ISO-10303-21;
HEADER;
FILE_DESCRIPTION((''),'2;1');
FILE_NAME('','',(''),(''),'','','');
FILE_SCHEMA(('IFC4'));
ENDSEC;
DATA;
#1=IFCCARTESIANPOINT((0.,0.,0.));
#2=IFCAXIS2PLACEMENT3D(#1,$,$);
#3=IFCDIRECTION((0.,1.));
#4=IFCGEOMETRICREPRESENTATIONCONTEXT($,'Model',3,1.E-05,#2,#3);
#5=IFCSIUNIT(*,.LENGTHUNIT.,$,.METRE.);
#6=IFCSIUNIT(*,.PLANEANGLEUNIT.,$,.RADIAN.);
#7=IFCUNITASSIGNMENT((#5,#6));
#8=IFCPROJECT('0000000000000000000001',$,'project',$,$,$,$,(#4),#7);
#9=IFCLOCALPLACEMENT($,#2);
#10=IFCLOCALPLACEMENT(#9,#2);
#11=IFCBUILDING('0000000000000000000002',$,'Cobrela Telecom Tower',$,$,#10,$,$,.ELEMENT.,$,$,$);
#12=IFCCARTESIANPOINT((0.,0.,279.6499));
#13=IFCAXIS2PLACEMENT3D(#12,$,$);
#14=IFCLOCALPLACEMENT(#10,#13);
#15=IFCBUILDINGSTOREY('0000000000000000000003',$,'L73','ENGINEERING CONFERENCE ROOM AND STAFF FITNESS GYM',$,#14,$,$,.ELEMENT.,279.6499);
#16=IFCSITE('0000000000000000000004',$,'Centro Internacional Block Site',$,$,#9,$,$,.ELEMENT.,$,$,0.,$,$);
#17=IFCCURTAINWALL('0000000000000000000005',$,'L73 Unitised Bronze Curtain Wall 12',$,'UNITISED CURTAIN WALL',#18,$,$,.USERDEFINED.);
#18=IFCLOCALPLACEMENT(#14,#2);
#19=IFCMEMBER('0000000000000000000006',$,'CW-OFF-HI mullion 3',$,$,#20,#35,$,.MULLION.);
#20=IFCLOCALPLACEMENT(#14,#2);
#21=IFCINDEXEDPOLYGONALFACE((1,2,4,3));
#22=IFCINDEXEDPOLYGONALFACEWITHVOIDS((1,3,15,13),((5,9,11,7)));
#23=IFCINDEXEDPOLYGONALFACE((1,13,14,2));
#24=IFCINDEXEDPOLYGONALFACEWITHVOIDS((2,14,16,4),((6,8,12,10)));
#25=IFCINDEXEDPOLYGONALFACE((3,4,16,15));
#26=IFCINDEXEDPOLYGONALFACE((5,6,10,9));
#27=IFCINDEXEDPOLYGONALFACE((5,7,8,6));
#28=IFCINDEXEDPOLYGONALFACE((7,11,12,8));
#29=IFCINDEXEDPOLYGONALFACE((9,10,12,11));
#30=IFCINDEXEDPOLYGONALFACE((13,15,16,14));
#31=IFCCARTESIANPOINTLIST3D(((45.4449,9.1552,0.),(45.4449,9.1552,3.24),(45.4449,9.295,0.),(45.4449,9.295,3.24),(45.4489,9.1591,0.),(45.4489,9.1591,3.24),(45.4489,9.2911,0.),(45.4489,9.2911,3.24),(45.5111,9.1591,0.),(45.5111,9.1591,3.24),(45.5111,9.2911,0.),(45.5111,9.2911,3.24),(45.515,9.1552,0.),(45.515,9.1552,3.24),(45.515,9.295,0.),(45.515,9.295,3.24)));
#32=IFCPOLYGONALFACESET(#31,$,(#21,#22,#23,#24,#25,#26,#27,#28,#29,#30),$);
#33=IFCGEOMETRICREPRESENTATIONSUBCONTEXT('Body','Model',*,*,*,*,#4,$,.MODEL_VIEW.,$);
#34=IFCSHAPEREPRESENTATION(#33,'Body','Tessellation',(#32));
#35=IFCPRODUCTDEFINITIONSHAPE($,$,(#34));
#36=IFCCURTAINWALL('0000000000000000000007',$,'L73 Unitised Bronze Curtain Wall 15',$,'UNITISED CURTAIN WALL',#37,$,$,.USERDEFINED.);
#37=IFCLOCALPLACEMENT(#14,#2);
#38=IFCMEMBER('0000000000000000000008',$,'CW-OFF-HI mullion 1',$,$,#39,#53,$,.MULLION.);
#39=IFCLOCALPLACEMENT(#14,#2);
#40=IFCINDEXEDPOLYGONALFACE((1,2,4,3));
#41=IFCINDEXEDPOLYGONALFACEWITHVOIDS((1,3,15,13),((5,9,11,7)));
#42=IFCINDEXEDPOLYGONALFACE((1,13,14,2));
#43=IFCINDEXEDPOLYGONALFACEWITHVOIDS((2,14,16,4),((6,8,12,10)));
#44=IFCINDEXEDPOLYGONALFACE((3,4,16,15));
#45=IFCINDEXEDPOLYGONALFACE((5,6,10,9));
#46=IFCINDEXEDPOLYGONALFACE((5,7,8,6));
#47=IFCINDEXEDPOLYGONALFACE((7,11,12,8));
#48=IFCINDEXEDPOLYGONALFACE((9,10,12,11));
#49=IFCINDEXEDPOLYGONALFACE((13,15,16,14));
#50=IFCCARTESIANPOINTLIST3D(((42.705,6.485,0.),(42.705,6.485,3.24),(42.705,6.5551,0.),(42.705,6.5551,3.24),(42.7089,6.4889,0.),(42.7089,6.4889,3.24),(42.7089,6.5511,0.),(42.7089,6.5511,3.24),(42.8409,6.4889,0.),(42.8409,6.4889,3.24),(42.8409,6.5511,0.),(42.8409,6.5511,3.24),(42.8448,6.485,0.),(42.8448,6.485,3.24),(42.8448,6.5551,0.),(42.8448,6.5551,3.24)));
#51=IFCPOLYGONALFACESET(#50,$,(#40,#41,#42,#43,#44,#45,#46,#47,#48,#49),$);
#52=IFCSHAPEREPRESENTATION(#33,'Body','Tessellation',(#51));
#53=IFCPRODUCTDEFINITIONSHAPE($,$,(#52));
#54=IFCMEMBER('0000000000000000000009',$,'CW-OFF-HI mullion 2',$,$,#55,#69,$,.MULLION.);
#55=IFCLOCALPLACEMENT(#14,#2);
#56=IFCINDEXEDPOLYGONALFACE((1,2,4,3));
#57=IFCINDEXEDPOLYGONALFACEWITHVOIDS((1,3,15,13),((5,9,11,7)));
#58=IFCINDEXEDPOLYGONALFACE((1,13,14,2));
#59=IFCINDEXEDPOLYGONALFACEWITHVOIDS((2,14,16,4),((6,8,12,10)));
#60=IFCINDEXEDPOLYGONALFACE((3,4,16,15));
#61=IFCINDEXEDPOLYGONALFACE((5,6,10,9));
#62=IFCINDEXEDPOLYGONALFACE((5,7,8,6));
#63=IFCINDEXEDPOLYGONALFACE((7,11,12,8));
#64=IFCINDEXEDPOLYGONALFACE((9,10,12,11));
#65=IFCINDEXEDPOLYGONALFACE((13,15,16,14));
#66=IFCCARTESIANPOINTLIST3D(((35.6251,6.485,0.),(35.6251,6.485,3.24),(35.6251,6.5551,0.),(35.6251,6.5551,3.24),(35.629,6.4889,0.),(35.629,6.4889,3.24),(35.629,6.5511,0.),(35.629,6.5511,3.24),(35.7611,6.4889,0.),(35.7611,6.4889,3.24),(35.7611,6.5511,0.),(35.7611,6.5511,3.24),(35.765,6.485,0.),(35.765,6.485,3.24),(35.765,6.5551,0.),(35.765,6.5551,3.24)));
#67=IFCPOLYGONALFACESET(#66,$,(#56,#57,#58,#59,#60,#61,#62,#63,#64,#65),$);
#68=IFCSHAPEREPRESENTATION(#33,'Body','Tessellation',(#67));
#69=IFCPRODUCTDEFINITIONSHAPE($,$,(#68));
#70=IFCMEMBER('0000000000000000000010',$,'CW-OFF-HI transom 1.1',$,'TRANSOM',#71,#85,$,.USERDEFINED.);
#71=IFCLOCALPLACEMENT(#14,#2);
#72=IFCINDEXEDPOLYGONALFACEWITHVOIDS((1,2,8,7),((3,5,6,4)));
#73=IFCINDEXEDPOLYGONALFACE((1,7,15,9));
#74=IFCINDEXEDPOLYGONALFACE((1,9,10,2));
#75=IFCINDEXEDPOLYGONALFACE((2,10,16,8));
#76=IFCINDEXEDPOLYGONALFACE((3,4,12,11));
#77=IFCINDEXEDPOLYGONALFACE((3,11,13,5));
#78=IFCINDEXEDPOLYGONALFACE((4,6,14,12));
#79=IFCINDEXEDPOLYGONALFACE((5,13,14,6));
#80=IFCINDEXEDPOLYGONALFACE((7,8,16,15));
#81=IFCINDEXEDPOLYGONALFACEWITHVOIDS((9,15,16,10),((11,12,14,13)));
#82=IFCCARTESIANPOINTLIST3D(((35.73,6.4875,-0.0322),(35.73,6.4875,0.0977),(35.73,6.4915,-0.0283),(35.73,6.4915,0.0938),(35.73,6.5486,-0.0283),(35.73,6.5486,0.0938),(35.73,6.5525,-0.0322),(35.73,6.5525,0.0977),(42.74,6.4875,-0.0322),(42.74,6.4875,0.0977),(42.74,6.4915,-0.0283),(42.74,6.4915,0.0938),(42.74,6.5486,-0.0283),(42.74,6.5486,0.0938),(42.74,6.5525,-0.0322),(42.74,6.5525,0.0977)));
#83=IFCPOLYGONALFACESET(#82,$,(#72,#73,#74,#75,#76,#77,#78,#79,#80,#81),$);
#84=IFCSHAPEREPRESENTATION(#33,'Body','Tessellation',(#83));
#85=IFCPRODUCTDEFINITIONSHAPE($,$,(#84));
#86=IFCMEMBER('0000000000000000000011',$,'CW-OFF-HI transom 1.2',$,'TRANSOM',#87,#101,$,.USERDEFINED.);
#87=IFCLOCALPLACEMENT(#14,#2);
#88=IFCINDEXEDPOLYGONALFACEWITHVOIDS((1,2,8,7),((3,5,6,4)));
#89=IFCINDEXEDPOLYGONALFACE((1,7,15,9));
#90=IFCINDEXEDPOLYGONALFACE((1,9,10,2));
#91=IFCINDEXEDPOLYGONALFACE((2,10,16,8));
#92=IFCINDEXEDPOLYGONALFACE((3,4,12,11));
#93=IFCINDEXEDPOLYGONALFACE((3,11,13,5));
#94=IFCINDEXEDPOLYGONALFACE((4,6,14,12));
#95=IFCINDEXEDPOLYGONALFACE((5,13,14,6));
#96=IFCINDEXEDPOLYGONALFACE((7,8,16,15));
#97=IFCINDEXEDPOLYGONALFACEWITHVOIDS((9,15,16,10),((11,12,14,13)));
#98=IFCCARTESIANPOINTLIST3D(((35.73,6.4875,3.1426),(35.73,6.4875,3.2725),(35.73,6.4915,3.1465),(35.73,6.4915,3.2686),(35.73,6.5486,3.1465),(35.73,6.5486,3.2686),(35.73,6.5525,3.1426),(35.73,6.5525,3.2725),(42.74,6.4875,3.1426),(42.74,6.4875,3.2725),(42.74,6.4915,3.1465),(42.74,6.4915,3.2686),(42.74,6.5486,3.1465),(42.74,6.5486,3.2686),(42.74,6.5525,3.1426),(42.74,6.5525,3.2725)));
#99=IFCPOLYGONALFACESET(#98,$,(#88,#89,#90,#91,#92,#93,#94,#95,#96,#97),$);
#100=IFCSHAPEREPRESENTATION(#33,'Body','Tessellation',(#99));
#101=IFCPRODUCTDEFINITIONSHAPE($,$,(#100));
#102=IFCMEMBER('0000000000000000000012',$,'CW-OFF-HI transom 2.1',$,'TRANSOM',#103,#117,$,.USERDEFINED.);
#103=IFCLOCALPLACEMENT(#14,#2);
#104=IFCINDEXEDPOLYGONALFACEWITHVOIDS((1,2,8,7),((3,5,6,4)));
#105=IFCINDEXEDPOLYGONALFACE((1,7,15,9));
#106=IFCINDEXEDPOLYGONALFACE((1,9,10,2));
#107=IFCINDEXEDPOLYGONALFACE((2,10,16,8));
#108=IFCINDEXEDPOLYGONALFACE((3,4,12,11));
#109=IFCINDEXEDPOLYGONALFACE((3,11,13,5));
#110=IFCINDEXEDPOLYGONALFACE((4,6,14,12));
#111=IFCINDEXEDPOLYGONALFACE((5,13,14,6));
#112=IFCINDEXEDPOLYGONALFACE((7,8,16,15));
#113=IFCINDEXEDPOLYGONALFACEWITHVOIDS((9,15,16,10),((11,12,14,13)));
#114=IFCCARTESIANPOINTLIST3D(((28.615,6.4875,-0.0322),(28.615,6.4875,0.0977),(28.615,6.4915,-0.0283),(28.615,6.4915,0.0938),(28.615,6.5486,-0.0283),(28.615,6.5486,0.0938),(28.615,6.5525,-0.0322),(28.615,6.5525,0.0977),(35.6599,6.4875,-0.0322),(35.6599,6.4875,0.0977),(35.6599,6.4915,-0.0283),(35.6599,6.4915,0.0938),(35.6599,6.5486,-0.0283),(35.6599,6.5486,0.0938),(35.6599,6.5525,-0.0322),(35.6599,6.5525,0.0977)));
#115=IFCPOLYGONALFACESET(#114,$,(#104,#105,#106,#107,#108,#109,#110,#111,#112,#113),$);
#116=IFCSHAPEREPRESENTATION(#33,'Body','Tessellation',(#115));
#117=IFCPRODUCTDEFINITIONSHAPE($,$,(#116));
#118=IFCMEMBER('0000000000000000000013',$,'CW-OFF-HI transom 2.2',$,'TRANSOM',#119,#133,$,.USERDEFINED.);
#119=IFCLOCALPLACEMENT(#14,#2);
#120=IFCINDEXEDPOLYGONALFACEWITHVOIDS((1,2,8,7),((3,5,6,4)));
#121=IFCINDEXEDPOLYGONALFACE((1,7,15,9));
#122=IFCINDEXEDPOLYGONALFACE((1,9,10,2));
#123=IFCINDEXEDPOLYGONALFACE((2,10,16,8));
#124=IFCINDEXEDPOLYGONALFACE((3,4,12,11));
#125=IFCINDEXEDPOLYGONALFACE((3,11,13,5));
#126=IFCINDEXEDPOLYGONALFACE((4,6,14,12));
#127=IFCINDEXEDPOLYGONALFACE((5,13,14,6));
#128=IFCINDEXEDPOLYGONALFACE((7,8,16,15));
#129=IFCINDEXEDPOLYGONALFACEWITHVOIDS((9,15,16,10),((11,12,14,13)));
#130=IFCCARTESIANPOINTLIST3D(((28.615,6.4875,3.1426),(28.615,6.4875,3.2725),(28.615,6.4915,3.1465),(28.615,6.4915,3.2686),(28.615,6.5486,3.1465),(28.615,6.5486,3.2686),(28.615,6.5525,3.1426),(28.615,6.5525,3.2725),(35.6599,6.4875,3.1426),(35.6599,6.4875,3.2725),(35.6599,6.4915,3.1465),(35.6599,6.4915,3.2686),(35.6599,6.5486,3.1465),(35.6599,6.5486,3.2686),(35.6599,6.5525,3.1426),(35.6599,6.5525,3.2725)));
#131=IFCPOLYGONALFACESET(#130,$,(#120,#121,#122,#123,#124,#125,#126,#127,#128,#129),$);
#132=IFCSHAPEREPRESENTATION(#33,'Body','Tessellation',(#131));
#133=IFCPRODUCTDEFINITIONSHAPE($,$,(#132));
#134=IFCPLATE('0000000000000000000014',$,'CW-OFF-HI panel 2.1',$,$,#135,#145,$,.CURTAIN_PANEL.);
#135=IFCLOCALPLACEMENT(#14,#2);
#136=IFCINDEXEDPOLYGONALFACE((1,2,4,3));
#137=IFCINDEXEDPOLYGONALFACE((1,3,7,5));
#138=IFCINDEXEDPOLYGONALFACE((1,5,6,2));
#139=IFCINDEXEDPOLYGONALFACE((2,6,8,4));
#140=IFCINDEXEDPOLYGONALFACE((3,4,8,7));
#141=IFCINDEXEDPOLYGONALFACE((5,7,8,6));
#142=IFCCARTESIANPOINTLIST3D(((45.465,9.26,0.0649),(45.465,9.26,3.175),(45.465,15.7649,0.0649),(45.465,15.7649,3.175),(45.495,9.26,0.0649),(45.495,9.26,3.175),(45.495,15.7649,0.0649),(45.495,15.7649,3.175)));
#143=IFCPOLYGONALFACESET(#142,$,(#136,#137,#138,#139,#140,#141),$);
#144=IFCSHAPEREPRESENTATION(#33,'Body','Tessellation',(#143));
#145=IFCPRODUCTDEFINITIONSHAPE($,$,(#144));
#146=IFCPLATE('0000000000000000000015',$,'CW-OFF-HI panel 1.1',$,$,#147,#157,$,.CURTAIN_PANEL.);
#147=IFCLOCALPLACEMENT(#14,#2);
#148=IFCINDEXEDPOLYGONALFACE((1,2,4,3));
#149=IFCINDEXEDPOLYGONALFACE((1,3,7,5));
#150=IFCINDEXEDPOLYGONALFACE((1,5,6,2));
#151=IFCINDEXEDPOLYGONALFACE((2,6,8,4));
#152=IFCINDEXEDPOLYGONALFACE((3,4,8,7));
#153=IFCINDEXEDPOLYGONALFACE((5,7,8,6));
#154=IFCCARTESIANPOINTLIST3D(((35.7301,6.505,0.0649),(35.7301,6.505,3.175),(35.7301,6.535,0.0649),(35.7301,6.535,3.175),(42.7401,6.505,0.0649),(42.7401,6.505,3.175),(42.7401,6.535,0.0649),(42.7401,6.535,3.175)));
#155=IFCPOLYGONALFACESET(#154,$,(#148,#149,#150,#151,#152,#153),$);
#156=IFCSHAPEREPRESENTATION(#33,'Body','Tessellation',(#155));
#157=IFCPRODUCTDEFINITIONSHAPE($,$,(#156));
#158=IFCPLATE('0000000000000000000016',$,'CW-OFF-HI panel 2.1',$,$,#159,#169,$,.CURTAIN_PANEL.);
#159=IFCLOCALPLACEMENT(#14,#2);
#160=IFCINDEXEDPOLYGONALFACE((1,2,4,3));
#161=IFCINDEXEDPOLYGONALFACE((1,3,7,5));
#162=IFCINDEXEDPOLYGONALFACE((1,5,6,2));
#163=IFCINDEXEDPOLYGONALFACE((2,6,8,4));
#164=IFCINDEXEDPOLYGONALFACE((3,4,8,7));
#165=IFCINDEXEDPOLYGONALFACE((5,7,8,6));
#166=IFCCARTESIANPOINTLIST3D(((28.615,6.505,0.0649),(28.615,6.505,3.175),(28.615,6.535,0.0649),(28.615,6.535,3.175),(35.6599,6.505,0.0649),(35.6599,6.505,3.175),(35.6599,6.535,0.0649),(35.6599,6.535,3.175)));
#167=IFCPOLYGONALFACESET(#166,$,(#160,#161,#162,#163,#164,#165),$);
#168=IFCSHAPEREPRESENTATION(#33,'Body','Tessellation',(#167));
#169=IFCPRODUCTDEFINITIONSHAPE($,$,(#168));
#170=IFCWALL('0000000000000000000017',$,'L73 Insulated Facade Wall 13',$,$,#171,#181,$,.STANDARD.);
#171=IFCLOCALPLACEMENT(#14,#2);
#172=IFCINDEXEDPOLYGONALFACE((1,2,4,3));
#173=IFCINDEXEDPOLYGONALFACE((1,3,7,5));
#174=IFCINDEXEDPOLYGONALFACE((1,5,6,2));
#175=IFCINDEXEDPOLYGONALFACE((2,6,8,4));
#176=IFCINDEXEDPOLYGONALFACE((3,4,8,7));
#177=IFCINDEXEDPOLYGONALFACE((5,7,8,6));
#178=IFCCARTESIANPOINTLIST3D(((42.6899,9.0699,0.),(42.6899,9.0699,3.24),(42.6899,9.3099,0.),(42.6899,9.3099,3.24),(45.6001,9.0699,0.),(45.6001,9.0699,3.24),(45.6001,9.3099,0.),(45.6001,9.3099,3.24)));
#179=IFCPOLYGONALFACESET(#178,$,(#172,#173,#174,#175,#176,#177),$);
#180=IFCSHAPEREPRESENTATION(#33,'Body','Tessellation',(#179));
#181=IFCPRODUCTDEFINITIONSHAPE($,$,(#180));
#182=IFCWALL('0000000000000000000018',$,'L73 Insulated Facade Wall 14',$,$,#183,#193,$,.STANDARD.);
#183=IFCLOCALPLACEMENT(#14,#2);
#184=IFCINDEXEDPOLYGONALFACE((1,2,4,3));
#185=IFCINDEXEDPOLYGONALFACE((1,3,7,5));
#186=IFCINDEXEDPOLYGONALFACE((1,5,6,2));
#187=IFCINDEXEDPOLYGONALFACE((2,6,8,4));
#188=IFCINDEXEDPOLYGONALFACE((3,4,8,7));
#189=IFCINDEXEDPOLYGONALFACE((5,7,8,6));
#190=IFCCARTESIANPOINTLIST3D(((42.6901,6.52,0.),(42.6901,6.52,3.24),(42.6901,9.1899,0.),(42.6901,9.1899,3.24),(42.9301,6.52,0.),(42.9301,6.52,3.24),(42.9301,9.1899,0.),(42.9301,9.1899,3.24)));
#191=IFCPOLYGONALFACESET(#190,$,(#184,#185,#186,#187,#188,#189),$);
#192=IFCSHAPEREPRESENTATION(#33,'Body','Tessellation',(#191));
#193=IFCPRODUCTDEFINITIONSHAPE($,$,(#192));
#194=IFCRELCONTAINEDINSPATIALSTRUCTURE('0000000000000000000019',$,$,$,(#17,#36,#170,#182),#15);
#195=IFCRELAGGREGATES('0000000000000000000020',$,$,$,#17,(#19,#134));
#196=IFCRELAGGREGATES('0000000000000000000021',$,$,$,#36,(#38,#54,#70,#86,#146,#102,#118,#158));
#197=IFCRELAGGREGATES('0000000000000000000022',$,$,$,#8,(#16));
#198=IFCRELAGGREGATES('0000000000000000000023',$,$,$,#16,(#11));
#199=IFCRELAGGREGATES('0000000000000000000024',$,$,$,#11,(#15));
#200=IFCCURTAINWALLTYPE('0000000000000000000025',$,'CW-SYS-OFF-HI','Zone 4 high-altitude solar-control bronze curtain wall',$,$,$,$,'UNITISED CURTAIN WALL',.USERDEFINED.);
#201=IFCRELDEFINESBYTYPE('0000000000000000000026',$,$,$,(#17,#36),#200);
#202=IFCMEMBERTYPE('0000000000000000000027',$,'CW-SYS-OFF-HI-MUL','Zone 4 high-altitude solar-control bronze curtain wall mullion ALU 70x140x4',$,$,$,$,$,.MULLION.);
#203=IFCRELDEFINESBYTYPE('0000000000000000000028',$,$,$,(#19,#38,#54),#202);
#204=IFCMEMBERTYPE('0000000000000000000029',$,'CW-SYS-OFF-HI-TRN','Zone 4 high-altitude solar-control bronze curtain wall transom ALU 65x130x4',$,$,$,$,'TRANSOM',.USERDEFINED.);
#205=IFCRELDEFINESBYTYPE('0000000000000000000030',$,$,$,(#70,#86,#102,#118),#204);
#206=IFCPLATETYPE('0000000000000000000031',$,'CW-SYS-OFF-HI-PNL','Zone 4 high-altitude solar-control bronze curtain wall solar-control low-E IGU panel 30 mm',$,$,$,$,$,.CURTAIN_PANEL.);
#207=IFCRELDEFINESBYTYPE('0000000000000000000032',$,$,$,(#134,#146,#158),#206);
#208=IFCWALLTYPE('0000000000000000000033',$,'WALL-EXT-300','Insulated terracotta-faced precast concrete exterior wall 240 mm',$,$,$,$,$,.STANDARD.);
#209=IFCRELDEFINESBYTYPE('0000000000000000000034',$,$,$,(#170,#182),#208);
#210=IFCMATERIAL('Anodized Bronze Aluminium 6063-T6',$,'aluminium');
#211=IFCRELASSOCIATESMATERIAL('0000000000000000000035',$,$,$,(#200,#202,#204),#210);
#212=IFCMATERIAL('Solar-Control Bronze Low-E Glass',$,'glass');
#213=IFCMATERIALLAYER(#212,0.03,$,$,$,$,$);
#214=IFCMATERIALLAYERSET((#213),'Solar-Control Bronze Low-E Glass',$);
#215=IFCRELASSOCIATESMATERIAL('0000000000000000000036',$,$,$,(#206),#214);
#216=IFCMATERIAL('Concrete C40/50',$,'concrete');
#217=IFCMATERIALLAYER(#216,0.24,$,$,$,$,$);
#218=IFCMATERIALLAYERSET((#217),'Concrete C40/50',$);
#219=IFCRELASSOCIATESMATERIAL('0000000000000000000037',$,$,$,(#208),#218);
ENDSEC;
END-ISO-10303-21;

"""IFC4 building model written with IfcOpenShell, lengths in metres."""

from ifc_helpers import new_model, si_unit, direction, frame, frame_2d, origin, origin_2d, place, context, subcontext, project, spatial, rectangle, hollow_rectangle, extrude, material, layer, layer_set, material_profile, profile_set, type_object, element, aggregate, save


model = new_model("IFC4")

# Units and contexts
model_context = context("Model", 3, precision=1e-05, world=origin(), true_north=direction((0.0, 1.0)))
body_context = subcontext(model_context, "Body", "Model", "MODEL_VIEW")
ifc_project = project(units=[si_unit("LENGTHUNIT", "METRE"), si_unit("PLANEANGLEUNIT", "RADIAN")], contexts=[model_context])

# Site, building, storey
site_placement = place(None, origin())
site = spatial("IfcSite", under=ifc_project, at=site_placement, Name="Centro Internacional Block Site", CompositionType="ELEMENT", RefElevation=0.0)
building_placement = place(site_placement, origin())
building = spatial("IfcBuilding", under=site, at=building_placement, Name="Cobrela Telecom Tower", CompositionType="ELEMENT")
storey_placement = place(building_placement, frame((0.0, 0.0, 279.6499)))
storey = spatial("IfcBuildingStorey", under=building, at=storey_placement, Name="L73", Description="ENGINEERING CONFERENCE ROOM AND STAFF FITNESS GYM", CompositionType="ELEMENT", Elevation=279.6499)

# Curtain wall, member
ifc_material_1 = material(Name="Anodized Bronze Aluminium 6063-T6", Category="aluminium")
curtain_wall_type = type_object("IfcCurtainWallType", Name="CW-SYS-OFF-HI", Description="Zone 4 high-altitude solar-control bronze curtain wall", ElementType="UNITISED CURTAIN WALL", PredefinedType="USERDEFINED", material=ifc_material_1)
curtain_wall_1_placement = place(storey_placement, origin())
curtain_wall_1 = element("IfcCurtainWall", 1, at=curtain_wall_1_placement, inside=storey, type_object=curtain_wall_type, Name="L73 Unitised Bronze Curtain Wall 12", ObjectType="UNITISED CURTAIN WALL", PredefinedType="USERDEFINED")
ifc_material_profile_1 = material_profile(ifc_material_1, hollow_rectangle(XDim=0.0701, YDim=0.1399, WallThickness=0.0039, at=origin_2d()), Name="ALU 70x140x4")
ifc_profile_set_1 = profile_set([ifc_material_profile_1], Name="Anodized Bronze Aluminium 6063-T6")
member_type_1 = type_object("IfcMemberType", Name="CW-SYS-OFF-HI-MUL", Description="Zone 4 high-altitude solar-control bronze curtain wall mullion ALU 70x140x4", PredefinedType="MULLION", material=ifc_profile_set_1)
member_1_placement = place(storey_placement, frame((45.48, 9.2251, 0.0), z_axis=(0.0, 0.0, 1.0), x_axis=(1.0, 0.0, 0.0)))
member_1 = element("IfcMember", 2, at=member_1_placement, type_object=member_type_1, Name="CW-OFF-HI mullion 3", PredefinedType="MULLION", context=body_context, shape_type="SweptSolid", body=[
    extrude(hollow_rectangle(XDim=0.0701, YDim=0.1399, WallThickness=0.0039, at=origin_2d()), origin(), (0.0, 0.0, 1.0), 3.24),
])

# Curtain wall, members
curtain_wall_2_placement = place(storey_placement, origin())
curtain_wall_2 = element("IfcCurtainWall", 3, at=curtain_wall_2_placement, inside=storey, type_object=curtain_wall_type, Name="L73 Unitised Bronze Curtain Wall 15", ObjectType="UNITISED CURTAIN WALL", PredefinedType="USERDEFINED")
member_2_placement = place(storey_placement, frame((42.7749, 6.52, 0.0), z_axis=(0.0, 0.0, 1.0), x_axis=(0.0, -1.0, 0.0)))
member_2 = element("IfcMember", 4, at=member_2_placement, type_object=member_type_1, Name="CW-OFF-HI mullion 1", PredefinedType="MULLION", context=body_context, shape_type="SweptSolid", body=[
    extrude(hollow_rectangle(XDim=0.0701, YDim=0.1399, WallThickness=0.0039, at=origin_2d()), origin(), (0.0, 0.0, 1.0), 3.24),
])
member_3_placement = place(storey_placement, frame((35.6951, 6.52, 0.0), z_axis=(0.0, 0.0, 1.0), x_axis=(0.0, -1.0, 0.0)))
member_3 = element("IfcMember", 5, at=member_3_placement, type_object=member_type_1, Name="CW-OFF-HI mullion 2", PredefinedType="MULLION", context=body_context, shape_type="SweptSolid", body=[
    extrude(hollow_rectangle(XDim=0.0701, YDim=0.1399, WallThickness=0.0039, at=origin_2d()), origin(), (0.0, 0.0, 1.0), 3.24),
])
ifc_material_profile_2 = material_profile(ifc_material_1, hollow_rectangle(XDim=0.0649, YDim=0.1299, WallThickness=0.0039, at=origin_2d()), Name="ALU 65x130x4")
ifc_profile_set_2 = profile_set([ifc_material_profile_2], Name="Anodized Bronze Aluminium 6063-T6")
member_type_2 = type_object("IfcMemberType", Name="CW-SYS-OFF-HI-TRN", Description="Zone 4 high-altitude solar-control bronze curtain wall transom ALU 65x130x4", ElementType="TRANSOM", PredefinedType="USERDEFINED", material=ifc_profile_set_2)
member_4_placement = place(storey_placement, frame((42.74, 6.52, 0.0327), z_axis=(-1.0, 0.0, 0.0), x_axis=(0.0, -1.0, 0.0)))
member_4 = element("IfcMember", 6, at=member_4_placement, type_object=member_type_2, Name="CW-OFF-HI transom 1.1", ObjectType="TRANSOM", PredefinedType="USERDEFINED", context=body_context, shape_type="SweptSolid", body=[
    extrude(hollow_rectangle(XDim=0.0649, YDim=0.1299, WallThickness=0.0039, at=origin_2d()), origin(), (0.0, 0.0, 1.0), 7.01),
])
member_5_placement = place(storey_placement, frame((42.74, 6.52, 3.2075), z_axis=(-1.0, 0.0, 0.0), x_axis=(0.0, -1.0, 0.0)))
member_5 = element("IfcMember", 7, at=member_5_placement, type_object=member_type_2, Name="CW-OFF-HI transom 1.2", ObjectType="TRANSOM", PredefinedType="USERDEFINED", context=body_context, shape_type="SweptSolid", body=[
    extrude(hollow_rectangle(XDim=0.0649, YDim=0.1299, WallThickness=0.0039, at=origin_2d()), origin(), (0.0, 0.0, 1.0), 7.01),
])
member_6_placement = place(storey_placement, frame((35.6599, 6.52, 0.0327), z_axis=(-1.0, 0.0, 0.0), x_axis=(0.0, -1.0, 0.0)))
member_6 = element("IfcMember", 8, at=member_6_placement, type_object=member_type_2, Name="CW-OFF-HI transom 2.1", ObjectType="TRANSOM", PredefinedType="USERDEFINED", context=body_context, shape_type="SweptSolid", body=[
    extrude(hollow_rectangle(XDim=0.0649, YDim=0.1299, WallThickness=0.0039, at=origin_2d()), origin(), (0.0, 0.0, 1.0), 7.0449),
])
member_7_placement = place(storey_placement, frame((35.6599, 6.52, 3.2075), z_axis=(-1.0, 0.0, 0.0), x_axis=(0.0, -1.0, 0.0)))
member_7 = element("IfcMember", 9, at=member_7_placement, type_object=member_type_2, Name="CW-OFF-HI transom 2.2", ObjectType="TRANSOM", PredefinedType="USERDEFINED", context=body_context, shape_type="SweptSolid", body=[
    extrude(hollow_rectangle(XDim=0.0649, YDim=0.1299, WallThickness=0.0039, at=origin_2d()), origin(), (0.0, 0.0, 1.0), 7.0449),
])

# Plates
ifc_material_2 = material(Name="Solar-Control Bronze Low-E Glass", Category="glass")
ifc_layer_1 = layer(ifc_material_2, 0.03)
ifc_layer_set_1 = layer_set([ifc_layer_1], Name="Solar-Control Bronze Low-E Glass")
plate_type = type_object("IfcPlateType", Name="CW-SYS-OFF-HI-PNL", Description="Zone 4 high-altitude solar-control bronze curtain wall solar-control low-E IGU panel 30 mm", PredefinedType="CURTAIN_PANEL", material=ifc_layer_set_1)
plate_1_placement = place(storey_placement, frame((45.48, 12.5125, 0.0649), z_axis=(0.0, 0.0, 1.0), x_axis=(0.0, -1.0, 0.0)))
plate_1 = element("IfcPlate", 10, at=plate_1_placement, type_object=plate_type, Name="CW-OFF-HI panel 2.1", PredefinedType="CURTAIN_PANEL", context=body_context, shape_type="SweptSolid", body=[
    extrude(rectangle(XDim=6.5049, YDim=0.03, at=origin_2d()), origin(), (0.0, 0.0, 1.0), 3.1101),
])
aggregate(curtain_wall_1, [member_1, plate_1])
plate_2_placement = place(storey_placement, frame((39.2351, 6.52, 0.0649), z_axis=(0.0, 0.0, 1.0), x_axis=(-1.0, 0.0, 0.0)))
plate_2 = element("IfcPlate", 11, at=plate_2_placement, type_object=plate_type, Name="CW-OFF-HI panel 1.1", PredefinedType="CURTAIN_PANEL", context=body_context, shape_type="SweptSolid", body=[
    extrude(rectangle(XDim=7.01, YDim=0.03, at=origin_2d()), origin(), (0.0, 0.0, 1.0), 3.1101),
])
plate_3_placement = place(storey_placement, frame((32.1375, 6.52, 0.0649), z_axis=(0.0, 0.0, 1.0), x_axis=(-1.0, 0.0, 0.0)))
plate_3 = element("IfcPlate", 12, at=plate_3_placement, type_object=plate_type, Name="CW-OFF-HI panel 2.1", PredefinedType="CURTAIN_PANEL", context=body_context, shape_type="SweptSolid", body=[
    extrude(rectangle(XDim=7.0449, YDim=0.03, at=origin_2d()), origin(), (0.0, 0.0, 1.0), 3.1101),
])
aggregate(curtain_wall_2, [member_2, member_3, member_4, member_5, plate_2, member_6, member_7, plate_3])

# Walls
ifc_material_3 = material(Name="Concrete C40/50", Category="concrete")
ifc_layer_2 = layer(ifc_material_3, 0.24)
ifc_layer_set_2 = layer_set([ifc_layer_2], Name="Concrete C40/50")
wall_type = type_object("IfcWallType", Name="WALL-EXT-300", Description="Insulated terracotta-faced precast concrete exterior wall 240 mm", PredefinedType="STANDARD", material=ifc_layer_set_2)
wall_1_placement = place(storey_placement, frame((45.6001, 9.1899, 0.0), z_axis=(0.0, 0.0, 1.0), x_axis=(-1.0, 0.0, 0.0)))
element("IfcWall", 13, at=wall_1_placement, inside=storey, type_object=wall_type, Name="L73 Insulated Facade Wall 13", PredefinedType="STANDARD", context=body_context, shape_type="SweptSolid", body=[
    extrude(rectangle(XDim=2.9102, YDim=0.24, at=frame_2d((1.4551, 0.0))), origin(), (0.0, 0.0, 1.0), 3.24),
])
wall_2_placement = place(storey_placement, frame((42.8101, 9.1899, 0.0), z_axis=(0.0, 0.0, 1.0), x_axis=(0.0, -1.0, 0.0)))
element("IfcWall", 14, at=wall_2_placement, inside=storey, type_object=wall_type, Name="L73 Insulated Facade Wall 14", PredefinedType="STANDARD", context=body_context, shape_type="SweptSolid", body=[
    extrude(rectangle(XDim=2.6699, YDim=0.24, at=frame_2d((1.335, 0.0))), origin(), (0.0, 0.0, 1.0), 3.24),
])

save(model, "model.ifc")
